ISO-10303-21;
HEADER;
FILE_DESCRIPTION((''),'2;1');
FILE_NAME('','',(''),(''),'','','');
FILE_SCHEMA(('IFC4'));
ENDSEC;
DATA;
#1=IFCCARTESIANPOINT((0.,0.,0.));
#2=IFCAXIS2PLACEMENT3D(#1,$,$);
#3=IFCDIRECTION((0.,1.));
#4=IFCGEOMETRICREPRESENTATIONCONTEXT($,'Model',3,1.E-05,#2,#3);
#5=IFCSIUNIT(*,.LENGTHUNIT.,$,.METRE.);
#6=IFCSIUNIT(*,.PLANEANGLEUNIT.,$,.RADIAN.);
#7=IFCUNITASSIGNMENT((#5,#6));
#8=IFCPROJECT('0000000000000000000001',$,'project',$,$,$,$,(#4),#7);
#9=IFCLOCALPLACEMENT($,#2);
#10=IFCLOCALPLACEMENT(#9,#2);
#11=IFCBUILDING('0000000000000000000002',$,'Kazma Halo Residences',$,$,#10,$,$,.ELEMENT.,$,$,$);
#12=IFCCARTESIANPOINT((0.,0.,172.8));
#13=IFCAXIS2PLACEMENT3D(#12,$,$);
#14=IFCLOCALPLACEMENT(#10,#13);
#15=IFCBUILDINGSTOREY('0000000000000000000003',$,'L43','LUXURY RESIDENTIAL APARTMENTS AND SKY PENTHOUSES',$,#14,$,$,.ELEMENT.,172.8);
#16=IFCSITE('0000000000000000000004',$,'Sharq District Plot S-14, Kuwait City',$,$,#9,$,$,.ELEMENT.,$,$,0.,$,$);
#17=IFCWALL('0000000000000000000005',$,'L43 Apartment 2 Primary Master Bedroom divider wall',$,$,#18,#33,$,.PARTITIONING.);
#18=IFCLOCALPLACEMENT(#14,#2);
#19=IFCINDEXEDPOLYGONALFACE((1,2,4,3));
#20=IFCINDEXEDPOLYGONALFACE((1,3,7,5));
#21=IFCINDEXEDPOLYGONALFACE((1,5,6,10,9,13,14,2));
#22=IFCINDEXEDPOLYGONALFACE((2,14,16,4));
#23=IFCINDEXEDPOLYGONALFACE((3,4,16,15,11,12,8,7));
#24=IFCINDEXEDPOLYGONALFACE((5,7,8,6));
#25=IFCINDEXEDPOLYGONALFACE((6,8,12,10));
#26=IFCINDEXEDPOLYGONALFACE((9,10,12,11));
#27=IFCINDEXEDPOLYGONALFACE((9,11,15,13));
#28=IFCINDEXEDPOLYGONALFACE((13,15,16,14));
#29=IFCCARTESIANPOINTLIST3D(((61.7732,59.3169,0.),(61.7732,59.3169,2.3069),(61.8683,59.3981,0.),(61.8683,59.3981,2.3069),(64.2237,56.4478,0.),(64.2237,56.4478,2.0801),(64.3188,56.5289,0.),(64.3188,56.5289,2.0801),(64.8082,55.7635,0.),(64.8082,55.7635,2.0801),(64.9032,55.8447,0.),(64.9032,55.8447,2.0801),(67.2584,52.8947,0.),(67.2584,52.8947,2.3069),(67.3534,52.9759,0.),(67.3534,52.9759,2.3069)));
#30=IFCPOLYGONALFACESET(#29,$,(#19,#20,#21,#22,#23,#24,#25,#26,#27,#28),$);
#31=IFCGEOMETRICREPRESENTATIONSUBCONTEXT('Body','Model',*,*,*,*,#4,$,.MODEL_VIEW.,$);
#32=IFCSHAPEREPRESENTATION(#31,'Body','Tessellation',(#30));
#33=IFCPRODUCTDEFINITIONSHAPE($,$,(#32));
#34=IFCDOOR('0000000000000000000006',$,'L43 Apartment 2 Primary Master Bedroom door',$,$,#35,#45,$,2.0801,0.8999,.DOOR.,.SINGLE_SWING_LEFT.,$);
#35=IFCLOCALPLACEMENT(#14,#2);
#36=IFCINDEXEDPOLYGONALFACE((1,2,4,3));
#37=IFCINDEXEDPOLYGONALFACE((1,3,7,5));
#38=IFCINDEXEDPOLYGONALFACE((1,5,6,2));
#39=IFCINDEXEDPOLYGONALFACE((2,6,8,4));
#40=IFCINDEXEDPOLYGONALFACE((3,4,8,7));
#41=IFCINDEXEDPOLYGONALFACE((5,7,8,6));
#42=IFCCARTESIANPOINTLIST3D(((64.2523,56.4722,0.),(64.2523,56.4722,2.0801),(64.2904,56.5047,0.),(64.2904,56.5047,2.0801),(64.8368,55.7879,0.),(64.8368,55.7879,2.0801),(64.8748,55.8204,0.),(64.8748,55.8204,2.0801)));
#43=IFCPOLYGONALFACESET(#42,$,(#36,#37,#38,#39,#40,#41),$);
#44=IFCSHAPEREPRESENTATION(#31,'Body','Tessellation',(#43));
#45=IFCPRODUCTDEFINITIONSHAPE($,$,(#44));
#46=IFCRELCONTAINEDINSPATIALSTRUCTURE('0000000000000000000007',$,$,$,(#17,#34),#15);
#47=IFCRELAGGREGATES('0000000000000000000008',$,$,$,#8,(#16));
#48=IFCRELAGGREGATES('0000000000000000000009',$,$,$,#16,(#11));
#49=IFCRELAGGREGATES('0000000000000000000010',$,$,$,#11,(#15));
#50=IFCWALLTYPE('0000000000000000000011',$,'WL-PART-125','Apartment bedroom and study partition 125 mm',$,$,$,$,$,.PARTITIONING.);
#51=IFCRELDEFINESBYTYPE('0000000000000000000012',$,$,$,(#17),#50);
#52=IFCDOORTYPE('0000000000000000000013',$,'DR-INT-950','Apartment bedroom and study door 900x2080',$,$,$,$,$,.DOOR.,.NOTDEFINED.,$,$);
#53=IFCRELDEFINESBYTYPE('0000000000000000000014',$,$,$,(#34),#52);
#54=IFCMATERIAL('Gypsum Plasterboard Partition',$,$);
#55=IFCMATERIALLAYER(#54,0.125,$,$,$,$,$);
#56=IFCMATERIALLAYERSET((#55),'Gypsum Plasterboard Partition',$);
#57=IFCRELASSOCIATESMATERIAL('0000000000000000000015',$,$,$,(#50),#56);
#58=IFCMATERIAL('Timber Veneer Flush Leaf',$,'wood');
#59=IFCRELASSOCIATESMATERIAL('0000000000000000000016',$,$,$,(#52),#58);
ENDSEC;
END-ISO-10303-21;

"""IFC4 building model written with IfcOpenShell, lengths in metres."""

from ifc_helpers import new_model, si_unit, direction, frame, frame_2d, origin, place, context, subcontext, project, spatial, rectangle, extrude, material, layer, layer_set, type_object, element, fill, save


model = new_model("IFC4")

# Units and contexts
model_context = context("Model", 3, precision=1e-05, world=origin(), true_north=direction((0.0, 1.0)))
body_context = subcontext(model_context, "Body", "Model", "MODEL_VIEW")
ifc_project = project(units=[si_unit("LENGTHUNIT", "METRE"), si_unit("PLANEANGLEUNIT", "RADIAN")], contexts=[model_context])

# Site, building, storey
site_placement = place(None, origin())
site = spatial("IfcSite", under=ifc_project, at=site_placement, Name="Sharq District Plot S-14, Kuwait City", CompositionType="ELEMENT", RefElevation=0.0)
building_placement = place(site_placement, origin())
building = spatial("IfcBuilding", under=site, at=building_placement, Name="Kazma Halo Residences", CompositionType="ELEMENT")
storey_placement = place(building_placement, frame((0.0, 0.0, 172.8)))
storey = spatial("IfcBuildingStorey", under=building, at=storey_placement, Name="L43", Description="LUXURY RESIDENTIAL APARTMENTS AND SKY PENTHOUSES", CompositionType="ELEMENT", Elevation=172.8)

# Shared definitions
ifc_material_1 = material(Name="Gypsum Plasterboard Partition")
ifc_layer_1 = layer(ifc_material_1, 0.125)
ifc_layer_set_1 = layer_set([ifc_layer_1], Name="Gypsum Plasterboard Partition")
wall_type_1 = type_object("IfcWallType", Name="WL-PART-125", Description="Apartment bedroom and study partition 125 mm", PredefinedType="PARTITIONING", material=ifc_layer_set_1)

# Shared definitions
ifc_material_2 = material(Name="Timber Veneer Flush Leaf", Category="wood")
door_type_1 = type_object("IfcDoorType", Name="DR-INT-950", Description="Apartment bedroom and study door 900x2080", OperationType="NOTDEFINED", PredefinedType="DOOR", material=ifc_material_2)

# Wall, opening, door
wall_1_placement = place(storey_placement, frame((67.3059, 52.9353, 0.0), z_axis=(0.0, 0.0, 1.0), x_axis=(-0.649455, 0.7604, 0.0)))
wall_1 = element("IfcWall", 1, at=wall_1_placement, inside=storey, type_object=wall_type_1, Name="L43 Apartment 2 Primary Master Bedroom divider wall", PredefinedType="PARTITIONING", context=body_context, shape_type="SweptSolid", body=[
    extrude(rectangle(XDim=8.4458, YDim=0.125, at=frame_2d((4.2229, 0.0))), origin(), (0.0, 0.0, 1.0), 2.3069),
])
opening_1_placement = place(wall_1_placement, frame((3.7727, 0.0, 0.0)))
opening_1 = element("IfcOpeningElement", 2, at=opening_1_placement, cuts=wall_1, PredefinedType="OPENING", context=body_context, shape_type="SweptSolid", body=[
    extrude(rectangle(XDim=0.8999, YDim=2.0801, at=frame_2d((0.45, 1.04))), frame((0.0, 0.0725, 0.0), z_axis=(0.0, -1.0, 0.0), x_axis=(1.0, 0.0, 0.0)), (0.0, 0.0, 1.0), 0.145),
])
door_1_placement = place(opening_1_placement, origin())
door_1 = element("IfcDoor", 3, at=door_1_placement, inside=storey, type_object=door_type_1, Name="L43 Apartment 2 Primary Master Bedroom door", OperationType="SINGLE_SWING_LEFT", OverallHeight=2.0801, OverallWidth=0.8999, PredefinedType="DOOR", context=body_context, shape_type="SweptSolid", body=[
    extrude(rectangle(XDim=0.8999, YDim=2.0801, at=frame_2d((0.45, 1.04))), frame((0.0, 0.0249, 0.0), z_axis=(0.0, -1.0, 0.0), x_axis=(1.0, 0.0, 0.0)), (0.0, 0.0, 1.0), 0.05),
])
fill(opening_1, door_1)

save(model, "model.ifc")
